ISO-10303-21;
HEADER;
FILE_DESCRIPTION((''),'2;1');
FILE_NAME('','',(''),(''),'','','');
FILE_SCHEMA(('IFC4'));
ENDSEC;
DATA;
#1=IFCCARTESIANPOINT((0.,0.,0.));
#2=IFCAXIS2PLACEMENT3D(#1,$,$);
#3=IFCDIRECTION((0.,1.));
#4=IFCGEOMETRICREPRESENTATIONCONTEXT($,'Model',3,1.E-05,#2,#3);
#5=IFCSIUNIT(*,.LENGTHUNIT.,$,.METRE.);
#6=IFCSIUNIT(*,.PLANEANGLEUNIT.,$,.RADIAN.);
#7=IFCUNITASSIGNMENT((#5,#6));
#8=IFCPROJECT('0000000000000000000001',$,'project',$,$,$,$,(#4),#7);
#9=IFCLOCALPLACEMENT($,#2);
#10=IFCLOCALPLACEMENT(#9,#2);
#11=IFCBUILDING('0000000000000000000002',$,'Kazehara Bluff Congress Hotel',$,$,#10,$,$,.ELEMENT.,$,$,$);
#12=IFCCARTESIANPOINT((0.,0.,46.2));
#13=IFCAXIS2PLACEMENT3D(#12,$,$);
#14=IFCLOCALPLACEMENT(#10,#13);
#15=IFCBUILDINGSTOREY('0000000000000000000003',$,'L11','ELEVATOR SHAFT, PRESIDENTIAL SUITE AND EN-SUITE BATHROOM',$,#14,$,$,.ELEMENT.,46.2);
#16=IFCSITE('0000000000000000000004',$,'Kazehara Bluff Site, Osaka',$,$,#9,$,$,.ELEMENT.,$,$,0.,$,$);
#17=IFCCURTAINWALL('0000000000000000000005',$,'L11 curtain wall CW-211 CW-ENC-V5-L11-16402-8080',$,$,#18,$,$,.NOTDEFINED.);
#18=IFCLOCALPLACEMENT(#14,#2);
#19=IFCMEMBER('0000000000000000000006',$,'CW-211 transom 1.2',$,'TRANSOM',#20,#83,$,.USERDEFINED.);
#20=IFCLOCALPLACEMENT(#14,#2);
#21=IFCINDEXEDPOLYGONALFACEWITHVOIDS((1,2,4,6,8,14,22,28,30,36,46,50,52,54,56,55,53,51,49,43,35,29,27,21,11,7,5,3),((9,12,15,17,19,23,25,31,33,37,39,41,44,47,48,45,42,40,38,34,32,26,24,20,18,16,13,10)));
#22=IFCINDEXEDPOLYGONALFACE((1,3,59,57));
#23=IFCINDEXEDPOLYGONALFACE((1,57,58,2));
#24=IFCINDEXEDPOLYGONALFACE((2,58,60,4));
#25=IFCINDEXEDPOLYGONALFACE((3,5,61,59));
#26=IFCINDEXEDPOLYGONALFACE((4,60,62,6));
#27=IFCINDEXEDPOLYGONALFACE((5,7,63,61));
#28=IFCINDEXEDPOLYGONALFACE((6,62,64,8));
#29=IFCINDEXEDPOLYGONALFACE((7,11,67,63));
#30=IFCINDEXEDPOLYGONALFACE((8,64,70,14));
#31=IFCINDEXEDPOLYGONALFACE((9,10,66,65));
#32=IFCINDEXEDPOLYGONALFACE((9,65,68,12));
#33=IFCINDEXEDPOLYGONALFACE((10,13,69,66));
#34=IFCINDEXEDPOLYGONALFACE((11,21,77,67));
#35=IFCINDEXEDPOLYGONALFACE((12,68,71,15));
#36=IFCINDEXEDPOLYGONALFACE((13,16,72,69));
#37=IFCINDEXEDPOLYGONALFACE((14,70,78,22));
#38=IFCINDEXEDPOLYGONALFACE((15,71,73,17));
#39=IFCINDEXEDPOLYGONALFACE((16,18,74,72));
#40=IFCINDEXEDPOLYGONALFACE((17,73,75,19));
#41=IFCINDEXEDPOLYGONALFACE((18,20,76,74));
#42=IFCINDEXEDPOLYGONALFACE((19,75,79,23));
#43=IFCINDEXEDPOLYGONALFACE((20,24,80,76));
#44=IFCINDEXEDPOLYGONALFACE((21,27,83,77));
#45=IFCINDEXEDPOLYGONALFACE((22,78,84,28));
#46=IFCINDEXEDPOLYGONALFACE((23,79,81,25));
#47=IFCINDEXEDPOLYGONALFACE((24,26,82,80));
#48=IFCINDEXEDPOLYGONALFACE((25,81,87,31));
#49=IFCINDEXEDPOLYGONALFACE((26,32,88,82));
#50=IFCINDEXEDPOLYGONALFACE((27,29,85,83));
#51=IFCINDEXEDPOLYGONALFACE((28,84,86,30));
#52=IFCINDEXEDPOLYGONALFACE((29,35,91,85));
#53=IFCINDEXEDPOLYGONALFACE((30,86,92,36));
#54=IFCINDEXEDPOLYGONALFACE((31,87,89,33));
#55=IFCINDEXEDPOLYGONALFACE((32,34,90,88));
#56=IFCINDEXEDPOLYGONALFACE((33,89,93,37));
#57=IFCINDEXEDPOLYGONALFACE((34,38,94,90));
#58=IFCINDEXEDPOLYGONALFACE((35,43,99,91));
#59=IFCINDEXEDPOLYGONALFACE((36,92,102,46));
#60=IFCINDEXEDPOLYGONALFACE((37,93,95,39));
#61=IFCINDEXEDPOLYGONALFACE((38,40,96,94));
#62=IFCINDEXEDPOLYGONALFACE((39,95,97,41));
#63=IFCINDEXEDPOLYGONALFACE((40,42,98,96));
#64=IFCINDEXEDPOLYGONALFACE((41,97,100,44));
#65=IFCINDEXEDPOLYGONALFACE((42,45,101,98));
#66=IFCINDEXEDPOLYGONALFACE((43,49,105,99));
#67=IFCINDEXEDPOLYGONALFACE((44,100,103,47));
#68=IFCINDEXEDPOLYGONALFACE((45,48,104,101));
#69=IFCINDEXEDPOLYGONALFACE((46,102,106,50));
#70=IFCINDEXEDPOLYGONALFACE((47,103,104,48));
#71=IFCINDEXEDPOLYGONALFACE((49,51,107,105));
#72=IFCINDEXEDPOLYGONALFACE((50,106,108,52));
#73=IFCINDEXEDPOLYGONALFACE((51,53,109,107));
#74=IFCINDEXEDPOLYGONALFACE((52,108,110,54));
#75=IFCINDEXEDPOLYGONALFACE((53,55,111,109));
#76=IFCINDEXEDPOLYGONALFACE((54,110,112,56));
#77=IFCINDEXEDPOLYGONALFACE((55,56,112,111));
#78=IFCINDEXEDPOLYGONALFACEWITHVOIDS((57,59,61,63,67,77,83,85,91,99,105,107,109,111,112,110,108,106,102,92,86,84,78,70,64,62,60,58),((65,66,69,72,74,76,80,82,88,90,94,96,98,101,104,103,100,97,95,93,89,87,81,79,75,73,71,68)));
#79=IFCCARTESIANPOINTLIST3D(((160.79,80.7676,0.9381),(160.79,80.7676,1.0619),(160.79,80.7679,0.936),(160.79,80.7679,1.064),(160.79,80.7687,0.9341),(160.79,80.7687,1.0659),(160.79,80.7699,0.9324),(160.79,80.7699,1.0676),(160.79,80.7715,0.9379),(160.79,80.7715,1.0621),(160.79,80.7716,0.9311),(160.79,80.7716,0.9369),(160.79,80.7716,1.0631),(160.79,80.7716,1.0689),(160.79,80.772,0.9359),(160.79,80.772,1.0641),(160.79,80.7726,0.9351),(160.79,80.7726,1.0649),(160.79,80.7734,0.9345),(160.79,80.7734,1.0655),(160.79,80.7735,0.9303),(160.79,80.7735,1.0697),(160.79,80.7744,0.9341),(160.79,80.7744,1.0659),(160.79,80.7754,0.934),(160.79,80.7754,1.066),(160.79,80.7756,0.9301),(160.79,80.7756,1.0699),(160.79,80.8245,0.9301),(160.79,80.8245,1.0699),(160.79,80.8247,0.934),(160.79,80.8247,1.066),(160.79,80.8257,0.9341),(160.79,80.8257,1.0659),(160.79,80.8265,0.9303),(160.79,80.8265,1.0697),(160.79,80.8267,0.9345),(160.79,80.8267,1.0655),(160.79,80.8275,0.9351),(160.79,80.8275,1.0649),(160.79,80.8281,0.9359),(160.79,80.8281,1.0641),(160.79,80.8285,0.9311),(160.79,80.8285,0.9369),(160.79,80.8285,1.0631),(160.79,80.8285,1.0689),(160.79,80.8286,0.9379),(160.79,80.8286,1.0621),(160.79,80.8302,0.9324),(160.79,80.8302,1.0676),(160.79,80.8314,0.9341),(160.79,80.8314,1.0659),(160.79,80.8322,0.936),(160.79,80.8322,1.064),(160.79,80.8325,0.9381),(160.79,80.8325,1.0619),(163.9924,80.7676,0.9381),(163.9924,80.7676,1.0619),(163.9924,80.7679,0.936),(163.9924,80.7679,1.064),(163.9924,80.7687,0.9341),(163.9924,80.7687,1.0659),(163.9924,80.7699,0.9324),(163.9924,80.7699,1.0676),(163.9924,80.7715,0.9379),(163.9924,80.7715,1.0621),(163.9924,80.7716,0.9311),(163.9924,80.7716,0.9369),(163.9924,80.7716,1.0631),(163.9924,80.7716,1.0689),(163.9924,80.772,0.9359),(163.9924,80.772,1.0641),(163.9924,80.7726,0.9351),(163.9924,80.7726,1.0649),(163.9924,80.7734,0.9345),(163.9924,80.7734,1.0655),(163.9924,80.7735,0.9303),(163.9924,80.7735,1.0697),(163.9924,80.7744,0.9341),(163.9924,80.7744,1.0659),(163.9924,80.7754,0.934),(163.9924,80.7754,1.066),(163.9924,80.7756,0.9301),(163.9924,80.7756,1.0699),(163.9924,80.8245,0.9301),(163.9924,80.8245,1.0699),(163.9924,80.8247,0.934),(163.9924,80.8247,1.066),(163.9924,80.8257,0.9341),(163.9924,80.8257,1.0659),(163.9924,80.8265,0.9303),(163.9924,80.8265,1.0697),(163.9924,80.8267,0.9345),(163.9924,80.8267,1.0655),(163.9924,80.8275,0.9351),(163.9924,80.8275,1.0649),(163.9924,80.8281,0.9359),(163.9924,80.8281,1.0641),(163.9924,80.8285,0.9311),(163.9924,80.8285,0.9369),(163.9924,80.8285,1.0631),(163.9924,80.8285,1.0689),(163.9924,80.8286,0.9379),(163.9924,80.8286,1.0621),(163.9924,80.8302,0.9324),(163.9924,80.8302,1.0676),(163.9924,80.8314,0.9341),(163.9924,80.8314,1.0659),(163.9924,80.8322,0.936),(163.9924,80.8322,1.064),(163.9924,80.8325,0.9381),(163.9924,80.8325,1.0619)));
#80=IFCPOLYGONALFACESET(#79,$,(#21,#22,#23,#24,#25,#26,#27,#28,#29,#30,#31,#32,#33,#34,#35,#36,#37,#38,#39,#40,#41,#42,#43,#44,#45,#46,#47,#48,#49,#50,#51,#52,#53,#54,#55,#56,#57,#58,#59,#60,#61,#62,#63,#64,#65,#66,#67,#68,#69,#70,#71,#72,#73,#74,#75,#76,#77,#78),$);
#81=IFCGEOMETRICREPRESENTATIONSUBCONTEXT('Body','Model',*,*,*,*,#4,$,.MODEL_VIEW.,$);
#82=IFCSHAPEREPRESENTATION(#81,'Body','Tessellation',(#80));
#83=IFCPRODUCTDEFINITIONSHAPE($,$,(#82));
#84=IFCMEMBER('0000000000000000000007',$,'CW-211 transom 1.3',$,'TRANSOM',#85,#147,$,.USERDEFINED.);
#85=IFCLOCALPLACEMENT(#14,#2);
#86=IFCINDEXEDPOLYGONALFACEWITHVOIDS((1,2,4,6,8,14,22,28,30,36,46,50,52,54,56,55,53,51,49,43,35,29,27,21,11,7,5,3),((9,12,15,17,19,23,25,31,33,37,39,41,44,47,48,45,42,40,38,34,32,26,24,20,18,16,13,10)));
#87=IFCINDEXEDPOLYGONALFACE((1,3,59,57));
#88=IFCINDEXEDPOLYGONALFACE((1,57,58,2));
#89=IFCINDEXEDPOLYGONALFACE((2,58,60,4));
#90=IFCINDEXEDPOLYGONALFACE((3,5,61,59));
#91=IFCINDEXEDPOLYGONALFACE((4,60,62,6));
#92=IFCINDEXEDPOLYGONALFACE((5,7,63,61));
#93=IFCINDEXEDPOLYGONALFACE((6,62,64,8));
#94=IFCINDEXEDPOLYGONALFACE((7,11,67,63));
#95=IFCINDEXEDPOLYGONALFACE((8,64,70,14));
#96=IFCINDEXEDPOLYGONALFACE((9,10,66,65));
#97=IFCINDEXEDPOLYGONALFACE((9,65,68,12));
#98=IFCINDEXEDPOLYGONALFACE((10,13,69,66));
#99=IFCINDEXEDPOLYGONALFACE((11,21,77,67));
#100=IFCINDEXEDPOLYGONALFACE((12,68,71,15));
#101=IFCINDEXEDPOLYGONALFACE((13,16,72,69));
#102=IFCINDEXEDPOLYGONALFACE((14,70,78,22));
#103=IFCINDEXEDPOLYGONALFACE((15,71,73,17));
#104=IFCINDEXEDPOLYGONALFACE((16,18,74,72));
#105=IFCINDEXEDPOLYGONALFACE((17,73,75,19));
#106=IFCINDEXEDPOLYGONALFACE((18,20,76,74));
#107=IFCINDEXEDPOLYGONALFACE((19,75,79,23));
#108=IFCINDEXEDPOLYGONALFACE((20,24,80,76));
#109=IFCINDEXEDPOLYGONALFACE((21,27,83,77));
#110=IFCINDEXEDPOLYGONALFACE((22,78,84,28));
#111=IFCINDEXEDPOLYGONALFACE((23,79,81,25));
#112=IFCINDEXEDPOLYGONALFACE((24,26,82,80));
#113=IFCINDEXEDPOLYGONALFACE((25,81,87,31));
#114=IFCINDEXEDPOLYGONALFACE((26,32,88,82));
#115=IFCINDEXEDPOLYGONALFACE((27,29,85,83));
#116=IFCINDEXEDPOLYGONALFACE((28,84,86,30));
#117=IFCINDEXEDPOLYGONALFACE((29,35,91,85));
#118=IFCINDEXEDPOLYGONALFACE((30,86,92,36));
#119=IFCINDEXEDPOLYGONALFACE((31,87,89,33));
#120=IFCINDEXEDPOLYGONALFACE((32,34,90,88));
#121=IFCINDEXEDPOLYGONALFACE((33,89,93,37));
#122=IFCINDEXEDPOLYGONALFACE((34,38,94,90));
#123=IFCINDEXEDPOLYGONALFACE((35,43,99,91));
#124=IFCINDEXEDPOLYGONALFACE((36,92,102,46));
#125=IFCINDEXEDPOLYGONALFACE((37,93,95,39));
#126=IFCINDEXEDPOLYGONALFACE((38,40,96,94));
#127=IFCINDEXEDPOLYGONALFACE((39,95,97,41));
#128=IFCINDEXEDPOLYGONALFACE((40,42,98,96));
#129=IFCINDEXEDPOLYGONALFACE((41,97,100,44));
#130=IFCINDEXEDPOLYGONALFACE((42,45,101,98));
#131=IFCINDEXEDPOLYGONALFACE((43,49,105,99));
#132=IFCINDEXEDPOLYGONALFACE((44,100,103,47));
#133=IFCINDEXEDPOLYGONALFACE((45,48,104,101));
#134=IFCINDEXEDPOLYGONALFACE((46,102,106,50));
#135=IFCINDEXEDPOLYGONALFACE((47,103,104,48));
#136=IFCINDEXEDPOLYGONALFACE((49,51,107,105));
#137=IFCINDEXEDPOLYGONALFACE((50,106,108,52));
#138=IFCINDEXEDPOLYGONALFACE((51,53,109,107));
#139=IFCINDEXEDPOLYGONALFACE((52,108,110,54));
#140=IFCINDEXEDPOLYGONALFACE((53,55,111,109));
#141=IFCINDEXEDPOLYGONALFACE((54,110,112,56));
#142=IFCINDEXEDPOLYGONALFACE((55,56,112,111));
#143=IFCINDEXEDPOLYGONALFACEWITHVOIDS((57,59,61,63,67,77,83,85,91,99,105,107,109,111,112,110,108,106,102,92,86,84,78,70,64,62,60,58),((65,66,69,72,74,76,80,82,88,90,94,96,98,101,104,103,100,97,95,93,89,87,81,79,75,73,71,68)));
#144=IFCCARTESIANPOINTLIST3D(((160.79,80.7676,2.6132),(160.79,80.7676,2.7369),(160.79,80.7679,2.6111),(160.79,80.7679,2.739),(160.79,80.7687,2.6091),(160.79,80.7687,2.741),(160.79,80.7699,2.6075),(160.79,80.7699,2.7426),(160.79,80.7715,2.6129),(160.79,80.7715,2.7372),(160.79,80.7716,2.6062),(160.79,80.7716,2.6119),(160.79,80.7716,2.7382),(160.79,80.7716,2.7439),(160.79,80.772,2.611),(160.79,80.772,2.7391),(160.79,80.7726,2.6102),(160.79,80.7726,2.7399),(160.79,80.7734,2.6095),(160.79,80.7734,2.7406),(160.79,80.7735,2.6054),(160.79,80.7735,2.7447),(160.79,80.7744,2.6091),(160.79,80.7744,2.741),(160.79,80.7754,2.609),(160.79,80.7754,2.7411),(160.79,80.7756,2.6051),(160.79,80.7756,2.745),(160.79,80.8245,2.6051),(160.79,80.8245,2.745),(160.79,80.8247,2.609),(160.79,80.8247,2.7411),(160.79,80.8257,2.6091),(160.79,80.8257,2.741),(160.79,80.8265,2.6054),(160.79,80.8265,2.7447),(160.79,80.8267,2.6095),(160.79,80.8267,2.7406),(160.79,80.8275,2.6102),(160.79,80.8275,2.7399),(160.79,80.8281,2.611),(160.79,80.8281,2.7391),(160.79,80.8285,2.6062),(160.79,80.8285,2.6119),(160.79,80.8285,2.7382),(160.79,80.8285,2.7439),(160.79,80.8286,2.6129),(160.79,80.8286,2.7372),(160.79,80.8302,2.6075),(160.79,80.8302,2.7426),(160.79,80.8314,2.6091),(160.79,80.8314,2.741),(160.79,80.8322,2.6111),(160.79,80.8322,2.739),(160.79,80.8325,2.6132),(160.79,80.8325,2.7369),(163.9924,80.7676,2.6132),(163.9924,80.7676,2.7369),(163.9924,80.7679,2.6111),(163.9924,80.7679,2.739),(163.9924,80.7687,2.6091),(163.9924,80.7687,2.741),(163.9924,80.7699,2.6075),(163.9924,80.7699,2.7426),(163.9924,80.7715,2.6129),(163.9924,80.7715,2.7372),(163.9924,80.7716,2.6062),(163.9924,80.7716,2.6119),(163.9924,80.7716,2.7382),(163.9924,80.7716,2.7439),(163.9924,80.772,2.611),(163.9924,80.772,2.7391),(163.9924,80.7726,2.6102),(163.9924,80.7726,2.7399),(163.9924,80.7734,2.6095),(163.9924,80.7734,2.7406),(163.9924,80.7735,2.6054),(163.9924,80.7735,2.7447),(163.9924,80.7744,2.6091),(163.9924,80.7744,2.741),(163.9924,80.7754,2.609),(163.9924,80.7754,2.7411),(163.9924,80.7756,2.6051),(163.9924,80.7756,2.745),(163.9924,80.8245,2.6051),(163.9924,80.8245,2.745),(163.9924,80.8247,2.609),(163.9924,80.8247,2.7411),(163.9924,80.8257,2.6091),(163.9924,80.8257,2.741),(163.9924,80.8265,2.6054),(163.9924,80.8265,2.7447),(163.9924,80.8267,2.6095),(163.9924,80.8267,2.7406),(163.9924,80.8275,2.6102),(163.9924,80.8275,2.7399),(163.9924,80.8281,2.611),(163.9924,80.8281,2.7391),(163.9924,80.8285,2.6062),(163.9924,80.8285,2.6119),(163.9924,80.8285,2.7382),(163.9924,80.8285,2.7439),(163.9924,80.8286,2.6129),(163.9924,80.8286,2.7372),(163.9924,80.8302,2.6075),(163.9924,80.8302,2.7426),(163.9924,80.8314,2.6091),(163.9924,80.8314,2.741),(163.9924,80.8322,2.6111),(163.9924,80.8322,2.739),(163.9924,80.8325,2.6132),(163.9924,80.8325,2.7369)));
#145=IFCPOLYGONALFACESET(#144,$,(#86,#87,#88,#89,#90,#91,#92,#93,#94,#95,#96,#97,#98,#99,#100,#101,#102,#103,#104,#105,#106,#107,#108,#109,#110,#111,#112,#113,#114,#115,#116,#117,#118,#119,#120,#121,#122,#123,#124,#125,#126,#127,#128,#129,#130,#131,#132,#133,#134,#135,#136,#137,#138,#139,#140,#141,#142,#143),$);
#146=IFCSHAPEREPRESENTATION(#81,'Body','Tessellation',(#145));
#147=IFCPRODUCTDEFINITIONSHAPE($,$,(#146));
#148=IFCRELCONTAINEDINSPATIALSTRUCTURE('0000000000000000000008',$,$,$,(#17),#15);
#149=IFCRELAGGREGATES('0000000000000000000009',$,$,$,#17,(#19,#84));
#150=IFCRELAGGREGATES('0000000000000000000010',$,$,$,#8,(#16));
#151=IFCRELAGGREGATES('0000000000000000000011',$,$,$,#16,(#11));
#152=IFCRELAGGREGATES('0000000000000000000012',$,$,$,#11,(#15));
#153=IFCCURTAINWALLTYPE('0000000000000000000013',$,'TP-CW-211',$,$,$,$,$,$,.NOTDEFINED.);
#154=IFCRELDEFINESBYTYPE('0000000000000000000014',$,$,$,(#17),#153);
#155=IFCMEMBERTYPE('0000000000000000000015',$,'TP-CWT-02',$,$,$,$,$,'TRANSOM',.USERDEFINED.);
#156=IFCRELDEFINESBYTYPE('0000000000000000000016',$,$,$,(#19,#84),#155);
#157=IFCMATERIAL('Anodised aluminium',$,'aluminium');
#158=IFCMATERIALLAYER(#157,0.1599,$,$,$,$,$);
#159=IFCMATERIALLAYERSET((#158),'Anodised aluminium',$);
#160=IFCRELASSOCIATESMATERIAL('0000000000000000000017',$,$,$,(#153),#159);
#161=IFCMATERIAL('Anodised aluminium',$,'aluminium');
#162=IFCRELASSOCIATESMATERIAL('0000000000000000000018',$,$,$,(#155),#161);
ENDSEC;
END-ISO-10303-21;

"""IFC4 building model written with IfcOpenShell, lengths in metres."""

from ifc_helpers import new_model, si_unit, direction, frame, origin, origin_2d, place, context, subcontext, project, spatial, hollow_rectangle, extrude, material, layer, layer_set, material_profile, profile_set, type_object, element, aggregate, save


model = new_model("IFC4")

# Units and contexts
model_context = context("Model", 3, precision=1e-05, world=origin(), true_north=direction((0.0, 1.0)))
body_context = subcontext(model_context, "Body", "Model", "MODEL_VIEW")
ifc_project = project(units=[si_unit("LENGTHUNIT", "METRE"), si_unit("PLANEANGLEUNIT", "RADIAN")], contexts=[model_context])

# Site, building, storey
site_placement = place(None, origin())
site = spatial("IfcSite", under=ifc_project, at=site_placement, Name="Kazehara Bluff Site, Osaka", CompositionType="ELEMENT", RefElevation=0.0)
building_placement = place(site_placement, origin())
building = spatial("IfcBuilding", under=site, at=building_placement, Name="Kazehara Bluff Congress Hotel", CompositionType="ELEMENT")
storey_placement = place(building_placement, frame((0.0, 0.0, 46.2)))
storey = spatial("IfcBuildingStorey", under=building, at=storey_placement, Name="L11", Description="ELEVATOR SHAFT, PRESIDENTIAL SUITE AND EN-SUITE BATHROOM", CompositionType="ELEMENT", Elevation=46.2)

# Curtain wall
ifc_material_1 = material(Name="Anodised aluminium", Category="aluminium")
ifc_layer_1 = layer(ifc_material_1, 0.1599)
ifc_layer_set_1 = layer_set([ifc_layer_1], Name="Anodised aluminium")
curtain_wall_type_1 = type_object("IfcCurtainWallType", Name="TP-CW-211", PredefinedType="NOTDEFINED", material=ifc_layer_set_1)
curtain_wall_1_placement = place(storey_placement, origin())
curtain_wall_1 = element("IfcCurtainWall", 1, at=curtain_wall_1_placement, inside=storey, type_object=curtain_wall_type_1, Name="L11 curtain wall CW-211 CW-ENC-V5-L11-16402-8080", PredefinedType="NOTDEFINED")

# Members
ifc_material_2 = material(Name="Anodised aluminium", Category="aluminium")
ifc_material_profile_1 = material_profile(ifc_material_2, hollow_rectangle(XDim=0.0649, YDim=0.1399, WallThickness=0.0039, InnerFilletRadius=0.0039, OuterFilletRadius=0.0081, at=origin_2d()))
ifc_profile_set_1 = profile_set([ifc_material_profile_1], Name="Anodised aluminium")
member_type_1 = type_object("IfcMemberType", Name="TP-CWT-02", ElementType="TRANSOM", PredefinedType="USERDEFINED", material=ifc_profile_set_1)
member_1_placement = place(storey_placement, frame((160.79, 80.8, 1.0), z_axis=(1.0, 0.0, 0.0), x_axis=(0.0, 1.0, 0.0)))
member_1 = element("IfcMember", 2, at=member_1_placement, type_object=member_type_1, Name="CW-211 transom 1.2", ObjectType="TRANSOM", PredefinedType="USERDEFINED", context=body_context, shape_type="SweptSolid", body=[
    extrude(hollow_rectangle(XDim=0.0649, YDim=0.1399, WallThickness=0.0039, InnerFilletRadius=0.0039, OuterFilletRadius=0.0081, at=origin_2d()), origin(), (0.0, 0.0, 1.0), 3.2024),
])
member_2_placement = place(storey_placement, frame((160.79, 80.8, 2.675), z_axis=(1.0, 0.0, 0.0), x_axis=(0.0, 1.0, 0.0)))
member_2 = element("IfcMember", 3, at=member_2_placement, type_object=member_type_1, Name="CW-211 transom 1.3", ObjectType="TRANSOM", PredefinedType="USERDEFINED", context=body_context, shape_type="SweptSolid", body=[
    extrude(hollow_rectangle(XDim=0.0649, YDim=0.1399, WallThickness=0.0039, InnerFilletRadius=0.0039, OuterFilletRadius=0.0081, at=origin_2d()), origin(), (0.0, 0.0, 1.0), 3.2024),
])

aggregate(curtain_wall_1, [member_1, member_2])

save(model, "model.ifc")
